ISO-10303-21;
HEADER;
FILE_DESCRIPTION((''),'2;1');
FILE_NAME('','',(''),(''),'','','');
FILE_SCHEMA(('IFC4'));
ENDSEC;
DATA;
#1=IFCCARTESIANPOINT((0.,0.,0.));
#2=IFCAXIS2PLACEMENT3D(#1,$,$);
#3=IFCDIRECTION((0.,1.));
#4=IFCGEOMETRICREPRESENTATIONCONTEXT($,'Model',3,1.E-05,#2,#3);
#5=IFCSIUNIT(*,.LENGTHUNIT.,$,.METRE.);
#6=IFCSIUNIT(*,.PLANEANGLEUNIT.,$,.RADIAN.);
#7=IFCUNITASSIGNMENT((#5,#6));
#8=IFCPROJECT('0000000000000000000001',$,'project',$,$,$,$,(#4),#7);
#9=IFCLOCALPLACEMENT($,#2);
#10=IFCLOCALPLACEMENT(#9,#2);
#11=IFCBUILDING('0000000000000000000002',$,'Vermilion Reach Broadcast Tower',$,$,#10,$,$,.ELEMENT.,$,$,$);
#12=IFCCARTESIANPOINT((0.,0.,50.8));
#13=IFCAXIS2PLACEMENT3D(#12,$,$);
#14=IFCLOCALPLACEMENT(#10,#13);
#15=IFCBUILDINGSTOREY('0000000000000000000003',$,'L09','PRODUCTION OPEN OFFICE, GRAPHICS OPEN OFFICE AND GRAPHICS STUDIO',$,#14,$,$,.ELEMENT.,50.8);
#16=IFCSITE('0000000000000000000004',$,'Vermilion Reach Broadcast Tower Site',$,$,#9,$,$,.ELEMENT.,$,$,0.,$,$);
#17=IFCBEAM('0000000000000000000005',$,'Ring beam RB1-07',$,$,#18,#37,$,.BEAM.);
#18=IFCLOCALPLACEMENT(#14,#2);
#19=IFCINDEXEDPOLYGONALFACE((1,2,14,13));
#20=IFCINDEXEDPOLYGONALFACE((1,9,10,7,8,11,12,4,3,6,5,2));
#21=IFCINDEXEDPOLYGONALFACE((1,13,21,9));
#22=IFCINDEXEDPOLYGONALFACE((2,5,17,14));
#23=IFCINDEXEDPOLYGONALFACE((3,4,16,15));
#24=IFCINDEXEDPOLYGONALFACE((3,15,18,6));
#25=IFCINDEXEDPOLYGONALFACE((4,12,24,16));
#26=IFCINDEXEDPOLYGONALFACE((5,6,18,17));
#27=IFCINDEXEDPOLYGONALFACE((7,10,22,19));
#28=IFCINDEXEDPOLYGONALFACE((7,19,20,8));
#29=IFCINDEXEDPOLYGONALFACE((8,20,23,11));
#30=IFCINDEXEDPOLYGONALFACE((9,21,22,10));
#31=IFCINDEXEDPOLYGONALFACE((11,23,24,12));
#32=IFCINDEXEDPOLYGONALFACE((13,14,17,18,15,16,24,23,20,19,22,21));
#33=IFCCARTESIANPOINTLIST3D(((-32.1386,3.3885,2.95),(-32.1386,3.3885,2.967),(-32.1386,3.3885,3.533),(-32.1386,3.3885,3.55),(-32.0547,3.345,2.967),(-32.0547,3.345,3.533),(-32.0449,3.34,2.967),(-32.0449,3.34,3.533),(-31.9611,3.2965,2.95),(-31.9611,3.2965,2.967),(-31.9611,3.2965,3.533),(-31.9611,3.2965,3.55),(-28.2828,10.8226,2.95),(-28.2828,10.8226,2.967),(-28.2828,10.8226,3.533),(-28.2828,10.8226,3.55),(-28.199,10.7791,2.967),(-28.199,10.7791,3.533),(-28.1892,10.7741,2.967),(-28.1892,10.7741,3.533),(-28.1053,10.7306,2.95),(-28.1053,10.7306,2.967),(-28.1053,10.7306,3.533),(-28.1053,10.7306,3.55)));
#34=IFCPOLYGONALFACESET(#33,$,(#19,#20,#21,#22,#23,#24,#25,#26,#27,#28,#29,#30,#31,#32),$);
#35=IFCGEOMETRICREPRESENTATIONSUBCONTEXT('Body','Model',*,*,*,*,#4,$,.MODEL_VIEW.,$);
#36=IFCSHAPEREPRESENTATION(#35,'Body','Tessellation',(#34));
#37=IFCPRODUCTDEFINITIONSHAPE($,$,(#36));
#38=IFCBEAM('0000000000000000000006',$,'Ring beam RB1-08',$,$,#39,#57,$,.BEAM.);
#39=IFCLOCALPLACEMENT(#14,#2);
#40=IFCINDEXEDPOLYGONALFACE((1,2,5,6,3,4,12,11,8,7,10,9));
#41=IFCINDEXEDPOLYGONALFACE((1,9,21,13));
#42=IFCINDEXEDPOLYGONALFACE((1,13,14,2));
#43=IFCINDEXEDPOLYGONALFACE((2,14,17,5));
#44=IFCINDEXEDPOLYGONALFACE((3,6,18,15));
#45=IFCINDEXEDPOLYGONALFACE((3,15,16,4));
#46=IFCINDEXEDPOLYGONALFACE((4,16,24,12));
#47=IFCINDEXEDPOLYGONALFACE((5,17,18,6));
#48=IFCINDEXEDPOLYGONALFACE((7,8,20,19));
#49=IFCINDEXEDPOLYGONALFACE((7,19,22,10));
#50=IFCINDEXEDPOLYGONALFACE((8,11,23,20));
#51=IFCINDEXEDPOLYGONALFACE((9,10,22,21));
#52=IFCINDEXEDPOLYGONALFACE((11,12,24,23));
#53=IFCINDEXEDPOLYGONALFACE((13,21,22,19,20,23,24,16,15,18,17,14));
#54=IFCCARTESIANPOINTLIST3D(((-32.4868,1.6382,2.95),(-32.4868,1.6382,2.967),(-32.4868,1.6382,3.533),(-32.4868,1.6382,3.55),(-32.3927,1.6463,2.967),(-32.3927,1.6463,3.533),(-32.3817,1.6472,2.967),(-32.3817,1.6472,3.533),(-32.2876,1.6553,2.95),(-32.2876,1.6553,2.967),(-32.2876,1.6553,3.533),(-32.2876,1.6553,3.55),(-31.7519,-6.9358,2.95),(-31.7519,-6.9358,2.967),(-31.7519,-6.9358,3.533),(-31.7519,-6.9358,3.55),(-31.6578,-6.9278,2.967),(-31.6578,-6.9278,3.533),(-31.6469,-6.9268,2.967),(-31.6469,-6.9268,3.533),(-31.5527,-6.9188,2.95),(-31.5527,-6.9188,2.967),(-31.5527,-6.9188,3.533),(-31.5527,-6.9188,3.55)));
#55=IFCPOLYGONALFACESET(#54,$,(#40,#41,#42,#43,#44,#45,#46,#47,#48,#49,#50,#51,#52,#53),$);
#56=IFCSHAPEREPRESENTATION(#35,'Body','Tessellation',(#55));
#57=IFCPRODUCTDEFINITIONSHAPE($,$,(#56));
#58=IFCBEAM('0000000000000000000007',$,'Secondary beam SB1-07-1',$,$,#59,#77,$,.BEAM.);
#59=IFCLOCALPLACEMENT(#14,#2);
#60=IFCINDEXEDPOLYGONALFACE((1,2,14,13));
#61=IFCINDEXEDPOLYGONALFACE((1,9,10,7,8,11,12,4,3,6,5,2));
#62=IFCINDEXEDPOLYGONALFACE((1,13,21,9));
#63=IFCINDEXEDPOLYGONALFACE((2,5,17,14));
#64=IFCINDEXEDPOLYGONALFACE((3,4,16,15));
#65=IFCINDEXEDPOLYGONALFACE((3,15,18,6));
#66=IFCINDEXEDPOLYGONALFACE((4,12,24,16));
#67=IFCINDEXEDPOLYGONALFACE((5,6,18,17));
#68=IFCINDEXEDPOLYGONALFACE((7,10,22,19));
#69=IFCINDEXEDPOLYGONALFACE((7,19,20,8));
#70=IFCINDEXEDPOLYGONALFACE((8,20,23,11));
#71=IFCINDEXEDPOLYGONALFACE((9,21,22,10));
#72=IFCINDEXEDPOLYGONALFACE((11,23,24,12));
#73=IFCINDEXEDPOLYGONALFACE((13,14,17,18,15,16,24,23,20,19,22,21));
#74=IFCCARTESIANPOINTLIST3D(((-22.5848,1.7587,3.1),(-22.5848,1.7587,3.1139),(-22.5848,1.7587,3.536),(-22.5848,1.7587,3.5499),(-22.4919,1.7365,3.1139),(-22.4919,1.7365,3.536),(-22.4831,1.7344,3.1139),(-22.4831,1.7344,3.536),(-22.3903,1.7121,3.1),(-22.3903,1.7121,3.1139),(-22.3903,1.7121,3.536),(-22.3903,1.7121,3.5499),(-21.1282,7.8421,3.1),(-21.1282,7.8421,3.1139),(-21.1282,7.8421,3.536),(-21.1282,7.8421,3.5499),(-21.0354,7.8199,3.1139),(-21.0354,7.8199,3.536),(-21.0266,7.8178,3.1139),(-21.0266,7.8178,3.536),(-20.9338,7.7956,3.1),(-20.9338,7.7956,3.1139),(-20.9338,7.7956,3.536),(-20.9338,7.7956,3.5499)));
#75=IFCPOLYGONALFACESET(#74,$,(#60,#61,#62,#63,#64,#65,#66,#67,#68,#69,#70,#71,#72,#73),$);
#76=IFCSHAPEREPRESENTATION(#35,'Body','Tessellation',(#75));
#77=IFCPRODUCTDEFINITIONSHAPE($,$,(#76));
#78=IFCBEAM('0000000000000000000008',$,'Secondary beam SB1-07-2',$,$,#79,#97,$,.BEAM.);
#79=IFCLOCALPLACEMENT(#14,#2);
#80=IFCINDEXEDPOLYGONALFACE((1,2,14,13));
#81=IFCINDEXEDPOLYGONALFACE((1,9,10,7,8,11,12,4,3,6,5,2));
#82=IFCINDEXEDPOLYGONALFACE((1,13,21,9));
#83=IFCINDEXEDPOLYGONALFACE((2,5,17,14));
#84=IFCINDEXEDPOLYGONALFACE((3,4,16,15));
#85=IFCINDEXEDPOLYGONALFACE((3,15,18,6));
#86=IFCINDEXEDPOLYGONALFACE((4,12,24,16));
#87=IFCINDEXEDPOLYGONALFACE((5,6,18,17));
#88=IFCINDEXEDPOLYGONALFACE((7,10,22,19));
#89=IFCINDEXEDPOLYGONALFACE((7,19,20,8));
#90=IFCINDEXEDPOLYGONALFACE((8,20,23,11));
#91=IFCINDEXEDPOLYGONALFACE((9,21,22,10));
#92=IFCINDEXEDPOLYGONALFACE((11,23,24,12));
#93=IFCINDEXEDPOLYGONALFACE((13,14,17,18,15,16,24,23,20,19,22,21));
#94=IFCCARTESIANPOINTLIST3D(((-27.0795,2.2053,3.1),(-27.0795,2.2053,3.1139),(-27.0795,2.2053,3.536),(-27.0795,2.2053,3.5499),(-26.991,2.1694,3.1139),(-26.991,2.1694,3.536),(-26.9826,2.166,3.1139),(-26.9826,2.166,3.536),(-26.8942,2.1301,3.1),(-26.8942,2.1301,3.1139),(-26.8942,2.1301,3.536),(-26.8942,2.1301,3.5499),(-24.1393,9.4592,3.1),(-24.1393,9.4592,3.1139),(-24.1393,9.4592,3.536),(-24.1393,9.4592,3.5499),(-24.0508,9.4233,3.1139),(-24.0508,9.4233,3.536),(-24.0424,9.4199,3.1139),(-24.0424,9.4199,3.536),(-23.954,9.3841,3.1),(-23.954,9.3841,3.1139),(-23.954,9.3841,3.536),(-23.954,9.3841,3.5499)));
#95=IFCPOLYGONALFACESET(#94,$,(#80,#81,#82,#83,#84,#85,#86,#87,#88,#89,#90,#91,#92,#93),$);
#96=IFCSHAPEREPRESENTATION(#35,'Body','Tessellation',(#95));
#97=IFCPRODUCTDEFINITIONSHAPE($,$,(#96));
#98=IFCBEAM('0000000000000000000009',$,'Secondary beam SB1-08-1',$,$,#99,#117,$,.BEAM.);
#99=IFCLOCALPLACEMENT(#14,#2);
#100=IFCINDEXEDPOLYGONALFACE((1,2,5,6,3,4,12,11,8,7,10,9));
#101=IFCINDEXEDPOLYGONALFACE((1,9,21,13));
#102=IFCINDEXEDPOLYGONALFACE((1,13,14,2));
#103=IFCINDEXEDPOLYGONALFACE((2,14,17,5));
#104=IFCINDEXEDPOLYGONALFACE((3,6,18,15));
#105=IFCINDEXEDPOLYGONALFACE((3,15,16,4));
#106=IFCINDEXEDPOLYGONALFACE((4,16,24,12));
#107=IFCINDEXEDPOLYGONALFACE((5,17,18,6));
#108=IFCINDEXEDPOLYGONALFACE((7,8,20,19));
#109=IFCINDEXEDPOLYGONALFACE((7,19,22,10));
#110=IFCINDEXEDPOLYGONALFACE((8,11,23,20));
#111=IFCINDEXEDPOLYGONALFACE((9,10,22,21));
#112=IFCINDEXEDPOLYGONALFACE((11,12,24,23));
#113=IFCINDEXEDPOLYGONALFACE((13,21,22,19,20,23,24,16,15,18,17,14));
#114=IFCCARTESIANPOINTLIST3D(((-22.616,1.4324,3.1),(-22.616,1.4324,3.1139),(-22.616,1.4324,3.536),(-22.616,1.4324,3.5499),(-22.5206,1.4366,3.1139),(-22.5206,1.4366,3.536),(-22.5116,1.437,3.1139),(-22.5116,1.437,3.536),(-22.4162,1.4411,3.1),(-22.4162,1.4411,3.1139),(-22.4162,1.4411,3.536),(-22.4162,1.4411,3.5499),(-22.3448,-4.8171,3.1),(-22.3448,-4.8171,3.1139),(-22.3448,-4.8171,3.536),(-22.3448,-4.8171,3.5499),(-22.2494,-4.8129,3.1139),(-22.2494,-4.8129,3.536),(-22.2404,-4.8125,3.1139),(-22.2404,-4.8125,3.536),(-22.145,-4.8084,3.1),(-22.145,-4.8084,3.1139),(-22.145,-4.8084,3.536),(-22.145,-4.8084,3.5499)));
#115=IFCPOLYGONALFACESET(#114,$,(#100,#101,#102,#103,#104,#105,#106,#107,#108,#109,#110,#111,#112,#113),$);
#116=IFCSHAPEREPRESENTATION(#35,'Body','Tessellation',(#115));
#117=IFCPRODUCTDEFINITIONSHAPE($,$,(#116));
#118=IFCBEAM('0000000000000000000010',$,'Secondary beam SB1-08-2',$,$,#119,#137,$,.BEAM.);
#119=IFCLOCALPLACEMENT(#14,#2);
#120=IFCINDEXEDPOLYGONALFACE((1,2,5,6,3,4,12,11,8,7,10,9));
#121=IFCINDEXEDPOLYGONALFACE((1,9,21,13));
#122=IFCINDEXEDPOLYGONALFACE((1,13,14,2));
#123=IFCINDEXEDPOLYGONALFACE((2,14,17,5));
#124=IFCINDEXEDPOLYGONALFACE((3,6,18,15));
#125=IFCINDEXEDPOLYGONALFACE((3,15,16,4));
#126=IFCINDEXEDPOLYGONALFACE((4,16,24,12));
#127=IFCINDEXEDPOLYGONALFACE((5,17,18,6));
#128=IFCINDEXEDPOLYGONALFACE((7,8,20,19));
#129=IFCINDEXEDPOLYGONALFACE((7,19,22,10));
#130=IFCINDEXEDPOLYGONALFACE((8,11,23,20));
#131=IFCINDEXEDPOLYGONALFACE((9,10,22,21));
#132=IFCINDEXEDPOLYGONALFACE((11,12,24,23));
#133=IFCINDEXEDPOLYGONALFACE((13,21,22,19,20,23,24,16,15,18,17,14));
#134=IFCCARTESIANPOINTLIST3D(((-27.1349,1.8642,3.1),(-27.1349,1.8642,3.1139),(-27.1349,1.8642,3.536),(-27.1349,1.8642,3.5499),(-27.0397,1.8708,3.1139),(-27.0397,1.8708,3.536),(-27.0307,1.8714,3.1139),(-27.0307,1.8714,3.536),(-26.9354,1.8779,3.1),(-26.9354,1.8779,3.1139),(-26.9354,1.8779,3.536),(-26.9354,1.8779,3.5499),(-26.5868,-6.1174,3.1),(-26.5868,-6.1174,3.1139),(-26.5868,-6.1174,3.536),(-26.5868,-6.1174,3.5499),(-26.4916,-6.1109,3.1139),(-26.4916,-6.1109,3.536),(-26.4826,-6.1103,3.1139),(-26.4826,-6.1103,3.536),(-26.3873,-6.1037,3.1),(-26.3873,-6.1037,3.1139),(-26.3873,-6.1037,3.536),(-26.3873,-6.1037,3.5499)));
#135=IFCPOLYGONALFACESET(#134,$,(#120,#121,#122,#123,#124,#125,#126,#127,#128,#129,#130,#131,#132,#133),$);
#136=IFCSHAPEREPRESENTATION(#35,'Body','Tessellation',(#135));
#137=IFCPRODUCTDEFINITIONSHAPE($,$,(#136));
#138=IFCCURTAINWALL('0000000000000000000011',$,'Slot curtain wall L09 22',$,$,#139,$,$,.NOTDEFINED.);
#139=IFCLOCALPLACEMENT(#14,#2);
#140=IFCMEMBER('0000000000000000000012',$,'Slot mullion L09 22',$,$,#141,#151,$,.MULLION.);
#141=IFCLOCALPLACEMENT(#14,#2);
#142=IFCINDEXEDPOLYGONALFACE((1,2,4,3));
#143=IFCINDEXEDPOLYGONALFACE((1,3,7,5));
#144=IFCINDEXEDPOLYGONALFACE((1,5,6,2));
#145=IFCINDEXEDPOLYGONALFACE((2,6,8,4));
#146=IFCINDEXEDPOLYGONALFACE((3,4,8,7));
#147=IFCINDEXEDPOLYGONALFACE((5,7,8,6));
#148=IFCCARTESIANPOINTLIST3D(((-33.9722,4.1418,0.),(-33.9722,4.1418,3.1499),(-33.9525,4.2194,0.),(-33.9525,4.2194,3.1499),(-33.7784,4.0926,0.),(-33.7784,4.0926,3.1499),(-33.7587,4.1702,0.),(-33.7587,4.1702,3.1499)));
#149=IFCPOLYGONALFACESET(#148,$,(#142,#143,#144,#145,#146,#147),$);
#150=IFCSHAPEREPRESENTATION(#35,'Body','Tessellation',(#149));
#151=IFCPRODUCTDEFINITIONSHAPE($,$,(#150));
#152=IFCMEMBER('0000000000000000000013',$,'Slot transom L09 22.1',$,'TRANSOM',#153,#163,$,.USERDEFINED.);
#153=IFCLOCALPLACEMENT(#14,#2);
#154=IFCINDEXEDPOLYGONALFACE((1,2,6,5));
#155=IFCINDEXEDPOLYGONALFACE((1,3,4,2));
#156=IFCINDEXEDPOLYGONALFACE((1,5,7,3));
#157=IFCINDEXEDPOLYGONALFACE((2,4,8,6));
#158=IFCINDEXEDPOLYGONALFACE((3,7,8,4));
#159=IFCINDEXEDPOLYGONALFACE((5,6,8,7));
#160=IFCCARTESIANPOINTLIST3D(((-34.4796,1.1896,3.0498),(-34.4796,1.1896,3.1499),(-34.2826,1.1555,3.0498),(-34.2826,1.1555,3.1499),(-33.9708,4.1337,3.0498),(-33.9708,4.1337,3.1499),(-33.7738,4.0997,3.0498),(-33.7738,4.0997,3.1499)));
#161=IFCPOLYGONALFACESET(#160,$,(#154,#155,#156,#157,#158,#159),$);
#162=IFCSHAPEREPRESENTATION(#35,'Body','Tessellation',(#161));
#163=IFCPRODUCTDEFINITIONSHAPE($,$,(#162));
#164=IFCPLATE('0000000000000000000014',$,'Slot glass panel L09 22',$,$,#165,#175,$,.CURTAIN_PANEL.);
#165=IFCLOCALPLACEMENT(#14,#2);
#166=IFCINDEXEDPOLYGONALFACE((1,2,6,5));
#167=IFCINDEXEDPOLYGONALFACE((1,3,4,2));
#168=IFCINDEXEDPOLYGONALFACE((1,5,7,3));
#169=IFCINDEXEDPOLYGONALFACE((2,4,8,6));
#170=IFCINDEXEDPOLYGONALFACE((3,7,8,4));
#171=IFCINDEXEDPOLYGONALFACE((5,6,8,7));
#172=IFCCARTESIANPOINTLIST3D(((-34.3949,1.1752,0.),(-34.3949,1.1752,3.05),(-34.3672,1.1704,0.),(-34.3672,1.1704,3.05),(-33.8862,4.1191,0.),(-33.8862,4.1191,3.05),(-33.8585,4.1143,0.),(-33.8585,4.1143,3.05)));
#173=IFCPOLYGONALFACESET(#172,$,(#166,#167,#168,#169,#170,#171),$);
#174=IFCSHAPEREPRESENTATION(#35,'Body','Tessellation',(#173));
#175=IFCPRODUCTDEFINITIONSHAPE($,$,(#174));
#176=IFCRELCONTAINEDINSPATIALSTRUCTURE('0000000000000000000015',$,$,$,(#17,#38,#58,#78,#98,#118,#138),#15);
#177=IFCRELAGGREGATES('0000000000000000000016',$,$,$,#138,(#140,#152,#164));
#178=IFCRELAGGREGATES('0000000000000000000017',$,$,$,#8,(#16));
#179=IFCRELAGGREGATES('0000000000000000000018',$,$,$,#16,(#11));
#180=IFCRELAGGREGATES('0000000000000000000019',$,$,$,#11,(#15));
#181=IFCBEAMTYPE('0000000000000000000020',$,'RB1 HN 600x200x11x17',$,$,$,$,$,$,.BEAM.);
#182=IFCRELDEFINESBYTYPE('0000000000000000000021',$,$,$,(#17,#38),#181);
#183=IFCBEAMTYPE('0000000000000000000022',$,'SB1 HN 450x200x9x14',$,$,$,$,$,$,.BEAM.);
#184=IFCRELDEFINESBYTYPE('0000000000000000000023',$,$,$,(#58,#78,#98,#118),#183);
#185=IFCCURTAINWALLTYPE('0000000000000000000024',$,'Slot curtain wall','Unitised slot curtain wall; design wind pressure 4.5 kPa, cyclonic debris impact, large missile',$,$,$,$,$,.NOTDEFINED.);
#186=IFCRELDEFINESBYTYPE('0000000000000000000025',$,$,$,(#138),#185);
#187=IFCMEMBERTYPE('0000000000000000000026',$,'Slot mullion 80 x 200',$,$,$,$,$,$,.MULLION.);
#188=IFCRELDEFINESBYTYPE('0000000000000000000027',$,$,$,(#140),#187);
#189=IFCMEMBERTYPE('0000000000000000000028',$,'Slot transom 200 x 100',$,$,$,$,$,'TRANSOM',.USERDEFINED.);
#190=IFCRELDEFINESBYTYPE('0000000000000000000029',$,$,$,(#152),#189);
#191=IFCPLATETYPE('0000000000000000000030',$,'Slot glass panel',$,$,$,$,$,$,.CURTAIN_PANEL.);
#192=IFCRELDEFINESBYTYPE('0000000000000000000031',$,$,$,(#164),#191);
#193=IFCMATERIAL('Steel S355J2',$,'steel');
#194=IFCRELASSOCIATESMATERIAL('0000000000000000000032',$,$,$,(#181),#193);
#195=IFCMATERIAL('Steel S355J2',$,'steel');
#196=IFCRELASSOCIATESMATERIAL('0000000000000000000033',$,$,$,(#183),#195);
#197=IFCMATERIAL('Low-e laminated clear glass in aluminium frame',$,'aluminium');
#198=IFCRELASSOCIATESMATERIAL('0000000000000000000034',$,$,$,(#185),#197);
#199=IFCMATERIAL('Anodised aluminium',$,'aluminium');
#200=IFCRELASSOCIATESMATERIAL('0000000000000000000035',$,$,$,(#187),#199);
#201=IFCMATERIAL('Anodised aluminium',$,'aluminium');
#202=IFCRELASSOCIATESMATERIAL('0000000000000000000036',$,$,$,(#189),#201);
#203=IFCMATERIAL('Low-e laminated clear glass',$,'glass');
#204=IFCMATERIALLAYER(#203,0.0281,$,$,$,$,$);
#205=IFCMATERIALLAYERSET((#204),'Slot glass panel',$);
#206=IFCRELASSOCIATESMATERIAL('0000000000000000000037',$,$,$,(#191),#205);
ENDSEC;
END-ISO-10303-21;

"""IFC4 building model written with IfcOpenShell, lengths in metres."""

from ifc_helpers import new_model, si_unit, direction, frame, origin, origin_2d, place, context, subcontext, project, spatial, rectangle, i_section, extrude, material, layer, layer_set, material_profile, profile_set, type_object, element, aggregate, save


model = new_model("IFC4")

# Units and contexts
model_context = context("Model", 3, precision=1e-05, world=origin(), true_north=direction((0.0, 1.0)))
body_context = subcontext(model_context, "Body", "Model", "MODEL_VIEW")
ifc_project = project(units=[si_unit("LENGTHUNIT", "METRE"), si_unit("PLANEANGLEUNIT", "RADIAN")], contexts=[model_context])

# Site, building, storey
site_placement = place(None, origin())
site = spatial("IfcSite", under=ifc_project, at=site_placement, Name="Vermilion Reach Broadcast Tower Site", CompositionType="ELEMENT", RefElevation=0.0)
building_placement = place(site_placement, origin())
building = spatial("IfcBuilding", under=site, at=building_placement, Name="Vermilion Reach Broadcast Tower", CompositionType="ELEMENT")
storey_placement = place(building_placement, frame((0.0, 0.0, 50.8)))
storey = spatial("IfcBuildingStorey", under=building, at=storey_placement, Name="L09", Description="PRODUCTION OPEN OFFICE, GRAPHICS OPEN OFFICE AND GRAPHICS STUDIO", CompositionType="ELEMENT", Elevation=50.8)

# Beams
ifc_material_1 = material(Name="Steel S355J2", Category="steel")
ifc_material_profile_1 = material_profile(ifc_material_1, i_section(OverallWidth=0.2, OverallDepth=0.6001, WebThickness=0.011, FlangeThickness=0.0171, at=origin_2d()), Name="S355J2 HN 600x200x11x17")
ifc_profile_set_1 = profile_set([ifc_material_profile_1], Name="Steel S355J2")
beam_type_1 = type_object("IfcBeamType", Name="RB1 HN 600x200x11x17", PredefinedType="BEAM", material=ifc_profile_set_1)
beam_1_placement = place(storey_placement, frame((-28.1941, 10.7766, 3.25), z_axis=(-0.460412, -0.887706, 0.0), x_axis=(0.887706, -0.460412, 0.0)))
element("IfcBeam", 1, at=beam_1_placement, inside=storey, type_object=beam_type_1, Name="Ring beam RB1-07", PredefinedType="BEAM", context=body_context, shape_type="SweptSolid", body=[
    extrude(i_section(OverallWidth=0.2, OverallDepth=0.6001, WebThickness=0.011, FlangeThickness=0.0171, at=origin_2d()), origin(), (0.0, 0.0, 1.0), 8.3745),
])
beam_2_placement = place(storey_placement, frame((-32.3872, 1.6467, 3.25), z_axis=(0.085396, -0.996347, 0.0), x_axis=(0.996347, 0.085396, 0.0)))
element("IfcBeam", 2, at=beam_2_placement, inside=storey, type_object=beam_type_1, Name="Ring beam RB1-08", PredefinedType="BEAM", context=body_context, shape_type="SweptSolid", body=[
    extrude(i_section(OverallWidth=0.2, OverallDepth=0.6001, WebThickness=0.011, FlangeThickness=0.0171, at=origin_2d()), origin(), (0.0, 0.0, 1.0), 8.6055),
])
ifc_material_2 = material(Name="Steel S355J2", Category="steel")
ifc_material_profile_2 = material_profile(ifc_material_2, i_section(OverallWidth=0.2, OverallDepth=0.45, WebThickness=0.009, FlangeThickness=0.0139, at=origin_2d()), Name="S355J2 HN 450x200x9x14")
ifc_profile_set_2 = profile_set([ifc_material_profile_2], Name="Steel S355J2")
beam_type_2 = type_object("IfcBeamType", Name="SB1 HN 450x200x9x14", PredefinedType="BEAM", material=ifc_profile_set_2)
beam_3_placement = place(storey_placement, frame((-21.031, 7.8188, 3.325), z_axis=(-0.232844, -0.972514, 0.0), x_axis=(0.972514, -0.232844, 0.0)))
element("IfcBeam", 3, at=beam_3_placement, inside=storey, type_object=beam_type_2, Name="Secondary beam SB1-07-1", PredefinedType="BEAM", context=body_context, shape_type="SweptSolid", body=[
    extrude(i_section(OverallWidth=0.2, OverallDepth=0.45, WebThickness=0.009, FlangeThickness=0.0139, at=origin_2d()), origin(), (0.0, 0.0, 1.0), 6.2554),
])
beam_4_placement = place(storey_placement, frame((-24.0466, 9.4216, 3.325), z_axis=(-0.375641, -0.926765, 0.0), x_axis=(0.926765, -0.375641, 0.0)))
element("IfcBeam", 4, at=beam_4_placement, inside=storey, type_object=beam_type_2, Name="Secondary beam SB1-07-2", PredefinedType="BEAM", context=body_context, shape_type="SweptSolid", body=[
    extrude(i_section(OverallWidth=0.2, OverallDepth=0.45, WebThickness=0.009, FlangeThickness=0.0139, at=origin_2d()), origin(), (0.0, 0.0, 1.0), 7.8271),
])
beam_5_placement = place(storey_placement, frame((-22.5161, 1.4368, 3.325), z_axis=(0.043361, -0.999059, 0.0), x_axis=(0.999059, 0.043361, 0.0)))
element("IfcBeam", 5, at=beam_5_placement, inside=storey, type_object=beam_type_2, Name="Secondary beam SB1-08-1", PredefinedType="BEAM", context=body_context, shape_type="SweptSolid", body=[
    extrude(i_section(OverallWidth=0.2, OverallDepth=0.45, WebThickness=0.009, FlangeThickness=0.0139, at=origin_2d()), origin(), (0.0, 0.0, 1.0), 6.2554),
])
beam_6_placement = place(storey_placement, frame((-27.0352, 1.8711, 3.325), z_axis=(0.068508, -0.997651, 0.0), x_axis=(0.997651, 0.068508, 0.0)))
element("IfcBeam", 6, at=beam_6_placement, inside=storey, type_object=beam_type_2, Name="Secondary beam SB1-08-2", PredefinedType="BEAM", context=body_context, shape_type="SweptSolid", body=[
    extrude(i_section(OverallWidth=0.2, OverallDepth=0.45, WebThickness=0.009, FlangeThickness=0.0139, at=origin_2d()), origin(), (0.0, 0.0, 1.0), 8.0005),
])

# Curtain wall, members, plate
ifc_material_3 = material(Name="Low-e laminated clear glass in aluminium frame", Category="aluminium")
curtain_wall_type = type_object("IfcCurtainWallType", Name="Slot curtain wall", Description="Unitised slot curtain wall; design wind pressure 4.5 kPa, cyclonic debris impact, large missile", PredefinedType="NOTDEFINED", material=ifc_material_3)
curtain_wall_placement = place(storey_placement, origin())
curtain_wall = element("IfcCurtainWall", 7, at=curtain_wall_placement, inside=storey, type_object=curtain_wall_type, Name="Slot curtain wall L09 22", PredefinedType="NOTDEFINED")
ifc_material_4 = material(Name="Anodised aluminium", Category="aluminium")
ifc_material_profile_3 = material_profile(ifc_material_4, rectangle(XDim=0.2, YDim=0.0801, at=origin_2d()), Name="Slot mullion 80 x 200")
ifc_profile_set_3 = profile_set([ifc_material_profile_3], Name="Anodised aluminium")
member_type_1 = type_object("IfcMemberType", Name="Slot mullion 80 x 200", PredefinedType="MULLION", material=ifc_profile_set_3)
member_1_placement = place(storey_placement, frame((-33.8655, 4.156, 0.0), z_axis=(0.0, 0.0, 1.0), x_axis=(0.969302, -0.245873, 0.0)))
member_1 = element("IfcMember", 8, at=member_1_placement, type_object=member_type_1, Name="Slot mullion L09 22", PredefinedType="MULLION", context=body_context, shape_type="SweptSolid", body=[
    extrude(rectangle(XDim=0.2, YDim=0.0801, at=origin_2d()), origin(), (0.0, 0.0, 1.0), 3.1499),
])
ifc_material_5 = material(Name="Anodised aluminium", Category="aluminium")
ifc_material_profile_4 = material_profile(ifc_material_5, rectangle(XDim=0.2, YDim=0.1001, at=origin_2d()), Name="Slot transom 200 x 100")
ifc_profile_set_4 = profile_set([ifc_material_profile_4], Name="Anodised aluminium")
member_type_2 = type_object("IfcMemberType", Name="Slot transom 200 x 100", ElementType="TRANSOM", PredefinedType="USERDEFINED", material=ifc_profile_set_4)
member_2_placement = place(storey_placement, frame((-33.8723, 4.1167, 3.0999), z_axis=(-0.170293, -0.985394, 0.0), x_axis=(0.985394, -0.170293, 0.0)))
member_2 = element("IfcMember", 9, at=member_2_placement, type_object=member_type_2, Name="Slot transom L09 22.1", ObjectType="TRANSOM", PredefinedType="USERDEFINED", context=body_context, shape_type="SweptSolid", body=[
    extrude(rectangle(XDim=0.2, YDim=0.1001, at=origin_2d()), origin(), (0.0, 0.0, 1.0), 2.9878),
])
ifc_material_6 = material(Name="Low-e laminated clear glass", Category="glass")
ifc_layer_1 = layer(ifc_material_6, 0.0281)
ifc_layer_set_1 = layer_set([ifc_layer_1], Name="Slot glass panel")
plate_type = type_object("IfcPlateType", Name="Slot glass panel", PredefinedType="CURTAIN_PANEL", material=ifc_layer_set_1)
plate_placement = place(storey_placement, frame((-34.1267, 2.6448, 0.0), z_axis=(0.0, 0.0, 1.0), x_axis=(-0.170287, -0.985394, 0.0)))
plate = element("IfcPlate", 10, at=plate_placement, type_object=plate_type, Name="Slot glass panel L09 22", PredefinedType="CURTAIN_PANEL", context=body_context, shape_type="SweptSolid", body=[
    extrude(rectangle(XDim=2.9875, YDim=0.0281, at=origin_2d()), origin(), (0.0, 0.0, 1.0), 3.05),
])
aggregate(curtain_wall, [member_1, member_2, plate])

save(model, "model.ifc")
